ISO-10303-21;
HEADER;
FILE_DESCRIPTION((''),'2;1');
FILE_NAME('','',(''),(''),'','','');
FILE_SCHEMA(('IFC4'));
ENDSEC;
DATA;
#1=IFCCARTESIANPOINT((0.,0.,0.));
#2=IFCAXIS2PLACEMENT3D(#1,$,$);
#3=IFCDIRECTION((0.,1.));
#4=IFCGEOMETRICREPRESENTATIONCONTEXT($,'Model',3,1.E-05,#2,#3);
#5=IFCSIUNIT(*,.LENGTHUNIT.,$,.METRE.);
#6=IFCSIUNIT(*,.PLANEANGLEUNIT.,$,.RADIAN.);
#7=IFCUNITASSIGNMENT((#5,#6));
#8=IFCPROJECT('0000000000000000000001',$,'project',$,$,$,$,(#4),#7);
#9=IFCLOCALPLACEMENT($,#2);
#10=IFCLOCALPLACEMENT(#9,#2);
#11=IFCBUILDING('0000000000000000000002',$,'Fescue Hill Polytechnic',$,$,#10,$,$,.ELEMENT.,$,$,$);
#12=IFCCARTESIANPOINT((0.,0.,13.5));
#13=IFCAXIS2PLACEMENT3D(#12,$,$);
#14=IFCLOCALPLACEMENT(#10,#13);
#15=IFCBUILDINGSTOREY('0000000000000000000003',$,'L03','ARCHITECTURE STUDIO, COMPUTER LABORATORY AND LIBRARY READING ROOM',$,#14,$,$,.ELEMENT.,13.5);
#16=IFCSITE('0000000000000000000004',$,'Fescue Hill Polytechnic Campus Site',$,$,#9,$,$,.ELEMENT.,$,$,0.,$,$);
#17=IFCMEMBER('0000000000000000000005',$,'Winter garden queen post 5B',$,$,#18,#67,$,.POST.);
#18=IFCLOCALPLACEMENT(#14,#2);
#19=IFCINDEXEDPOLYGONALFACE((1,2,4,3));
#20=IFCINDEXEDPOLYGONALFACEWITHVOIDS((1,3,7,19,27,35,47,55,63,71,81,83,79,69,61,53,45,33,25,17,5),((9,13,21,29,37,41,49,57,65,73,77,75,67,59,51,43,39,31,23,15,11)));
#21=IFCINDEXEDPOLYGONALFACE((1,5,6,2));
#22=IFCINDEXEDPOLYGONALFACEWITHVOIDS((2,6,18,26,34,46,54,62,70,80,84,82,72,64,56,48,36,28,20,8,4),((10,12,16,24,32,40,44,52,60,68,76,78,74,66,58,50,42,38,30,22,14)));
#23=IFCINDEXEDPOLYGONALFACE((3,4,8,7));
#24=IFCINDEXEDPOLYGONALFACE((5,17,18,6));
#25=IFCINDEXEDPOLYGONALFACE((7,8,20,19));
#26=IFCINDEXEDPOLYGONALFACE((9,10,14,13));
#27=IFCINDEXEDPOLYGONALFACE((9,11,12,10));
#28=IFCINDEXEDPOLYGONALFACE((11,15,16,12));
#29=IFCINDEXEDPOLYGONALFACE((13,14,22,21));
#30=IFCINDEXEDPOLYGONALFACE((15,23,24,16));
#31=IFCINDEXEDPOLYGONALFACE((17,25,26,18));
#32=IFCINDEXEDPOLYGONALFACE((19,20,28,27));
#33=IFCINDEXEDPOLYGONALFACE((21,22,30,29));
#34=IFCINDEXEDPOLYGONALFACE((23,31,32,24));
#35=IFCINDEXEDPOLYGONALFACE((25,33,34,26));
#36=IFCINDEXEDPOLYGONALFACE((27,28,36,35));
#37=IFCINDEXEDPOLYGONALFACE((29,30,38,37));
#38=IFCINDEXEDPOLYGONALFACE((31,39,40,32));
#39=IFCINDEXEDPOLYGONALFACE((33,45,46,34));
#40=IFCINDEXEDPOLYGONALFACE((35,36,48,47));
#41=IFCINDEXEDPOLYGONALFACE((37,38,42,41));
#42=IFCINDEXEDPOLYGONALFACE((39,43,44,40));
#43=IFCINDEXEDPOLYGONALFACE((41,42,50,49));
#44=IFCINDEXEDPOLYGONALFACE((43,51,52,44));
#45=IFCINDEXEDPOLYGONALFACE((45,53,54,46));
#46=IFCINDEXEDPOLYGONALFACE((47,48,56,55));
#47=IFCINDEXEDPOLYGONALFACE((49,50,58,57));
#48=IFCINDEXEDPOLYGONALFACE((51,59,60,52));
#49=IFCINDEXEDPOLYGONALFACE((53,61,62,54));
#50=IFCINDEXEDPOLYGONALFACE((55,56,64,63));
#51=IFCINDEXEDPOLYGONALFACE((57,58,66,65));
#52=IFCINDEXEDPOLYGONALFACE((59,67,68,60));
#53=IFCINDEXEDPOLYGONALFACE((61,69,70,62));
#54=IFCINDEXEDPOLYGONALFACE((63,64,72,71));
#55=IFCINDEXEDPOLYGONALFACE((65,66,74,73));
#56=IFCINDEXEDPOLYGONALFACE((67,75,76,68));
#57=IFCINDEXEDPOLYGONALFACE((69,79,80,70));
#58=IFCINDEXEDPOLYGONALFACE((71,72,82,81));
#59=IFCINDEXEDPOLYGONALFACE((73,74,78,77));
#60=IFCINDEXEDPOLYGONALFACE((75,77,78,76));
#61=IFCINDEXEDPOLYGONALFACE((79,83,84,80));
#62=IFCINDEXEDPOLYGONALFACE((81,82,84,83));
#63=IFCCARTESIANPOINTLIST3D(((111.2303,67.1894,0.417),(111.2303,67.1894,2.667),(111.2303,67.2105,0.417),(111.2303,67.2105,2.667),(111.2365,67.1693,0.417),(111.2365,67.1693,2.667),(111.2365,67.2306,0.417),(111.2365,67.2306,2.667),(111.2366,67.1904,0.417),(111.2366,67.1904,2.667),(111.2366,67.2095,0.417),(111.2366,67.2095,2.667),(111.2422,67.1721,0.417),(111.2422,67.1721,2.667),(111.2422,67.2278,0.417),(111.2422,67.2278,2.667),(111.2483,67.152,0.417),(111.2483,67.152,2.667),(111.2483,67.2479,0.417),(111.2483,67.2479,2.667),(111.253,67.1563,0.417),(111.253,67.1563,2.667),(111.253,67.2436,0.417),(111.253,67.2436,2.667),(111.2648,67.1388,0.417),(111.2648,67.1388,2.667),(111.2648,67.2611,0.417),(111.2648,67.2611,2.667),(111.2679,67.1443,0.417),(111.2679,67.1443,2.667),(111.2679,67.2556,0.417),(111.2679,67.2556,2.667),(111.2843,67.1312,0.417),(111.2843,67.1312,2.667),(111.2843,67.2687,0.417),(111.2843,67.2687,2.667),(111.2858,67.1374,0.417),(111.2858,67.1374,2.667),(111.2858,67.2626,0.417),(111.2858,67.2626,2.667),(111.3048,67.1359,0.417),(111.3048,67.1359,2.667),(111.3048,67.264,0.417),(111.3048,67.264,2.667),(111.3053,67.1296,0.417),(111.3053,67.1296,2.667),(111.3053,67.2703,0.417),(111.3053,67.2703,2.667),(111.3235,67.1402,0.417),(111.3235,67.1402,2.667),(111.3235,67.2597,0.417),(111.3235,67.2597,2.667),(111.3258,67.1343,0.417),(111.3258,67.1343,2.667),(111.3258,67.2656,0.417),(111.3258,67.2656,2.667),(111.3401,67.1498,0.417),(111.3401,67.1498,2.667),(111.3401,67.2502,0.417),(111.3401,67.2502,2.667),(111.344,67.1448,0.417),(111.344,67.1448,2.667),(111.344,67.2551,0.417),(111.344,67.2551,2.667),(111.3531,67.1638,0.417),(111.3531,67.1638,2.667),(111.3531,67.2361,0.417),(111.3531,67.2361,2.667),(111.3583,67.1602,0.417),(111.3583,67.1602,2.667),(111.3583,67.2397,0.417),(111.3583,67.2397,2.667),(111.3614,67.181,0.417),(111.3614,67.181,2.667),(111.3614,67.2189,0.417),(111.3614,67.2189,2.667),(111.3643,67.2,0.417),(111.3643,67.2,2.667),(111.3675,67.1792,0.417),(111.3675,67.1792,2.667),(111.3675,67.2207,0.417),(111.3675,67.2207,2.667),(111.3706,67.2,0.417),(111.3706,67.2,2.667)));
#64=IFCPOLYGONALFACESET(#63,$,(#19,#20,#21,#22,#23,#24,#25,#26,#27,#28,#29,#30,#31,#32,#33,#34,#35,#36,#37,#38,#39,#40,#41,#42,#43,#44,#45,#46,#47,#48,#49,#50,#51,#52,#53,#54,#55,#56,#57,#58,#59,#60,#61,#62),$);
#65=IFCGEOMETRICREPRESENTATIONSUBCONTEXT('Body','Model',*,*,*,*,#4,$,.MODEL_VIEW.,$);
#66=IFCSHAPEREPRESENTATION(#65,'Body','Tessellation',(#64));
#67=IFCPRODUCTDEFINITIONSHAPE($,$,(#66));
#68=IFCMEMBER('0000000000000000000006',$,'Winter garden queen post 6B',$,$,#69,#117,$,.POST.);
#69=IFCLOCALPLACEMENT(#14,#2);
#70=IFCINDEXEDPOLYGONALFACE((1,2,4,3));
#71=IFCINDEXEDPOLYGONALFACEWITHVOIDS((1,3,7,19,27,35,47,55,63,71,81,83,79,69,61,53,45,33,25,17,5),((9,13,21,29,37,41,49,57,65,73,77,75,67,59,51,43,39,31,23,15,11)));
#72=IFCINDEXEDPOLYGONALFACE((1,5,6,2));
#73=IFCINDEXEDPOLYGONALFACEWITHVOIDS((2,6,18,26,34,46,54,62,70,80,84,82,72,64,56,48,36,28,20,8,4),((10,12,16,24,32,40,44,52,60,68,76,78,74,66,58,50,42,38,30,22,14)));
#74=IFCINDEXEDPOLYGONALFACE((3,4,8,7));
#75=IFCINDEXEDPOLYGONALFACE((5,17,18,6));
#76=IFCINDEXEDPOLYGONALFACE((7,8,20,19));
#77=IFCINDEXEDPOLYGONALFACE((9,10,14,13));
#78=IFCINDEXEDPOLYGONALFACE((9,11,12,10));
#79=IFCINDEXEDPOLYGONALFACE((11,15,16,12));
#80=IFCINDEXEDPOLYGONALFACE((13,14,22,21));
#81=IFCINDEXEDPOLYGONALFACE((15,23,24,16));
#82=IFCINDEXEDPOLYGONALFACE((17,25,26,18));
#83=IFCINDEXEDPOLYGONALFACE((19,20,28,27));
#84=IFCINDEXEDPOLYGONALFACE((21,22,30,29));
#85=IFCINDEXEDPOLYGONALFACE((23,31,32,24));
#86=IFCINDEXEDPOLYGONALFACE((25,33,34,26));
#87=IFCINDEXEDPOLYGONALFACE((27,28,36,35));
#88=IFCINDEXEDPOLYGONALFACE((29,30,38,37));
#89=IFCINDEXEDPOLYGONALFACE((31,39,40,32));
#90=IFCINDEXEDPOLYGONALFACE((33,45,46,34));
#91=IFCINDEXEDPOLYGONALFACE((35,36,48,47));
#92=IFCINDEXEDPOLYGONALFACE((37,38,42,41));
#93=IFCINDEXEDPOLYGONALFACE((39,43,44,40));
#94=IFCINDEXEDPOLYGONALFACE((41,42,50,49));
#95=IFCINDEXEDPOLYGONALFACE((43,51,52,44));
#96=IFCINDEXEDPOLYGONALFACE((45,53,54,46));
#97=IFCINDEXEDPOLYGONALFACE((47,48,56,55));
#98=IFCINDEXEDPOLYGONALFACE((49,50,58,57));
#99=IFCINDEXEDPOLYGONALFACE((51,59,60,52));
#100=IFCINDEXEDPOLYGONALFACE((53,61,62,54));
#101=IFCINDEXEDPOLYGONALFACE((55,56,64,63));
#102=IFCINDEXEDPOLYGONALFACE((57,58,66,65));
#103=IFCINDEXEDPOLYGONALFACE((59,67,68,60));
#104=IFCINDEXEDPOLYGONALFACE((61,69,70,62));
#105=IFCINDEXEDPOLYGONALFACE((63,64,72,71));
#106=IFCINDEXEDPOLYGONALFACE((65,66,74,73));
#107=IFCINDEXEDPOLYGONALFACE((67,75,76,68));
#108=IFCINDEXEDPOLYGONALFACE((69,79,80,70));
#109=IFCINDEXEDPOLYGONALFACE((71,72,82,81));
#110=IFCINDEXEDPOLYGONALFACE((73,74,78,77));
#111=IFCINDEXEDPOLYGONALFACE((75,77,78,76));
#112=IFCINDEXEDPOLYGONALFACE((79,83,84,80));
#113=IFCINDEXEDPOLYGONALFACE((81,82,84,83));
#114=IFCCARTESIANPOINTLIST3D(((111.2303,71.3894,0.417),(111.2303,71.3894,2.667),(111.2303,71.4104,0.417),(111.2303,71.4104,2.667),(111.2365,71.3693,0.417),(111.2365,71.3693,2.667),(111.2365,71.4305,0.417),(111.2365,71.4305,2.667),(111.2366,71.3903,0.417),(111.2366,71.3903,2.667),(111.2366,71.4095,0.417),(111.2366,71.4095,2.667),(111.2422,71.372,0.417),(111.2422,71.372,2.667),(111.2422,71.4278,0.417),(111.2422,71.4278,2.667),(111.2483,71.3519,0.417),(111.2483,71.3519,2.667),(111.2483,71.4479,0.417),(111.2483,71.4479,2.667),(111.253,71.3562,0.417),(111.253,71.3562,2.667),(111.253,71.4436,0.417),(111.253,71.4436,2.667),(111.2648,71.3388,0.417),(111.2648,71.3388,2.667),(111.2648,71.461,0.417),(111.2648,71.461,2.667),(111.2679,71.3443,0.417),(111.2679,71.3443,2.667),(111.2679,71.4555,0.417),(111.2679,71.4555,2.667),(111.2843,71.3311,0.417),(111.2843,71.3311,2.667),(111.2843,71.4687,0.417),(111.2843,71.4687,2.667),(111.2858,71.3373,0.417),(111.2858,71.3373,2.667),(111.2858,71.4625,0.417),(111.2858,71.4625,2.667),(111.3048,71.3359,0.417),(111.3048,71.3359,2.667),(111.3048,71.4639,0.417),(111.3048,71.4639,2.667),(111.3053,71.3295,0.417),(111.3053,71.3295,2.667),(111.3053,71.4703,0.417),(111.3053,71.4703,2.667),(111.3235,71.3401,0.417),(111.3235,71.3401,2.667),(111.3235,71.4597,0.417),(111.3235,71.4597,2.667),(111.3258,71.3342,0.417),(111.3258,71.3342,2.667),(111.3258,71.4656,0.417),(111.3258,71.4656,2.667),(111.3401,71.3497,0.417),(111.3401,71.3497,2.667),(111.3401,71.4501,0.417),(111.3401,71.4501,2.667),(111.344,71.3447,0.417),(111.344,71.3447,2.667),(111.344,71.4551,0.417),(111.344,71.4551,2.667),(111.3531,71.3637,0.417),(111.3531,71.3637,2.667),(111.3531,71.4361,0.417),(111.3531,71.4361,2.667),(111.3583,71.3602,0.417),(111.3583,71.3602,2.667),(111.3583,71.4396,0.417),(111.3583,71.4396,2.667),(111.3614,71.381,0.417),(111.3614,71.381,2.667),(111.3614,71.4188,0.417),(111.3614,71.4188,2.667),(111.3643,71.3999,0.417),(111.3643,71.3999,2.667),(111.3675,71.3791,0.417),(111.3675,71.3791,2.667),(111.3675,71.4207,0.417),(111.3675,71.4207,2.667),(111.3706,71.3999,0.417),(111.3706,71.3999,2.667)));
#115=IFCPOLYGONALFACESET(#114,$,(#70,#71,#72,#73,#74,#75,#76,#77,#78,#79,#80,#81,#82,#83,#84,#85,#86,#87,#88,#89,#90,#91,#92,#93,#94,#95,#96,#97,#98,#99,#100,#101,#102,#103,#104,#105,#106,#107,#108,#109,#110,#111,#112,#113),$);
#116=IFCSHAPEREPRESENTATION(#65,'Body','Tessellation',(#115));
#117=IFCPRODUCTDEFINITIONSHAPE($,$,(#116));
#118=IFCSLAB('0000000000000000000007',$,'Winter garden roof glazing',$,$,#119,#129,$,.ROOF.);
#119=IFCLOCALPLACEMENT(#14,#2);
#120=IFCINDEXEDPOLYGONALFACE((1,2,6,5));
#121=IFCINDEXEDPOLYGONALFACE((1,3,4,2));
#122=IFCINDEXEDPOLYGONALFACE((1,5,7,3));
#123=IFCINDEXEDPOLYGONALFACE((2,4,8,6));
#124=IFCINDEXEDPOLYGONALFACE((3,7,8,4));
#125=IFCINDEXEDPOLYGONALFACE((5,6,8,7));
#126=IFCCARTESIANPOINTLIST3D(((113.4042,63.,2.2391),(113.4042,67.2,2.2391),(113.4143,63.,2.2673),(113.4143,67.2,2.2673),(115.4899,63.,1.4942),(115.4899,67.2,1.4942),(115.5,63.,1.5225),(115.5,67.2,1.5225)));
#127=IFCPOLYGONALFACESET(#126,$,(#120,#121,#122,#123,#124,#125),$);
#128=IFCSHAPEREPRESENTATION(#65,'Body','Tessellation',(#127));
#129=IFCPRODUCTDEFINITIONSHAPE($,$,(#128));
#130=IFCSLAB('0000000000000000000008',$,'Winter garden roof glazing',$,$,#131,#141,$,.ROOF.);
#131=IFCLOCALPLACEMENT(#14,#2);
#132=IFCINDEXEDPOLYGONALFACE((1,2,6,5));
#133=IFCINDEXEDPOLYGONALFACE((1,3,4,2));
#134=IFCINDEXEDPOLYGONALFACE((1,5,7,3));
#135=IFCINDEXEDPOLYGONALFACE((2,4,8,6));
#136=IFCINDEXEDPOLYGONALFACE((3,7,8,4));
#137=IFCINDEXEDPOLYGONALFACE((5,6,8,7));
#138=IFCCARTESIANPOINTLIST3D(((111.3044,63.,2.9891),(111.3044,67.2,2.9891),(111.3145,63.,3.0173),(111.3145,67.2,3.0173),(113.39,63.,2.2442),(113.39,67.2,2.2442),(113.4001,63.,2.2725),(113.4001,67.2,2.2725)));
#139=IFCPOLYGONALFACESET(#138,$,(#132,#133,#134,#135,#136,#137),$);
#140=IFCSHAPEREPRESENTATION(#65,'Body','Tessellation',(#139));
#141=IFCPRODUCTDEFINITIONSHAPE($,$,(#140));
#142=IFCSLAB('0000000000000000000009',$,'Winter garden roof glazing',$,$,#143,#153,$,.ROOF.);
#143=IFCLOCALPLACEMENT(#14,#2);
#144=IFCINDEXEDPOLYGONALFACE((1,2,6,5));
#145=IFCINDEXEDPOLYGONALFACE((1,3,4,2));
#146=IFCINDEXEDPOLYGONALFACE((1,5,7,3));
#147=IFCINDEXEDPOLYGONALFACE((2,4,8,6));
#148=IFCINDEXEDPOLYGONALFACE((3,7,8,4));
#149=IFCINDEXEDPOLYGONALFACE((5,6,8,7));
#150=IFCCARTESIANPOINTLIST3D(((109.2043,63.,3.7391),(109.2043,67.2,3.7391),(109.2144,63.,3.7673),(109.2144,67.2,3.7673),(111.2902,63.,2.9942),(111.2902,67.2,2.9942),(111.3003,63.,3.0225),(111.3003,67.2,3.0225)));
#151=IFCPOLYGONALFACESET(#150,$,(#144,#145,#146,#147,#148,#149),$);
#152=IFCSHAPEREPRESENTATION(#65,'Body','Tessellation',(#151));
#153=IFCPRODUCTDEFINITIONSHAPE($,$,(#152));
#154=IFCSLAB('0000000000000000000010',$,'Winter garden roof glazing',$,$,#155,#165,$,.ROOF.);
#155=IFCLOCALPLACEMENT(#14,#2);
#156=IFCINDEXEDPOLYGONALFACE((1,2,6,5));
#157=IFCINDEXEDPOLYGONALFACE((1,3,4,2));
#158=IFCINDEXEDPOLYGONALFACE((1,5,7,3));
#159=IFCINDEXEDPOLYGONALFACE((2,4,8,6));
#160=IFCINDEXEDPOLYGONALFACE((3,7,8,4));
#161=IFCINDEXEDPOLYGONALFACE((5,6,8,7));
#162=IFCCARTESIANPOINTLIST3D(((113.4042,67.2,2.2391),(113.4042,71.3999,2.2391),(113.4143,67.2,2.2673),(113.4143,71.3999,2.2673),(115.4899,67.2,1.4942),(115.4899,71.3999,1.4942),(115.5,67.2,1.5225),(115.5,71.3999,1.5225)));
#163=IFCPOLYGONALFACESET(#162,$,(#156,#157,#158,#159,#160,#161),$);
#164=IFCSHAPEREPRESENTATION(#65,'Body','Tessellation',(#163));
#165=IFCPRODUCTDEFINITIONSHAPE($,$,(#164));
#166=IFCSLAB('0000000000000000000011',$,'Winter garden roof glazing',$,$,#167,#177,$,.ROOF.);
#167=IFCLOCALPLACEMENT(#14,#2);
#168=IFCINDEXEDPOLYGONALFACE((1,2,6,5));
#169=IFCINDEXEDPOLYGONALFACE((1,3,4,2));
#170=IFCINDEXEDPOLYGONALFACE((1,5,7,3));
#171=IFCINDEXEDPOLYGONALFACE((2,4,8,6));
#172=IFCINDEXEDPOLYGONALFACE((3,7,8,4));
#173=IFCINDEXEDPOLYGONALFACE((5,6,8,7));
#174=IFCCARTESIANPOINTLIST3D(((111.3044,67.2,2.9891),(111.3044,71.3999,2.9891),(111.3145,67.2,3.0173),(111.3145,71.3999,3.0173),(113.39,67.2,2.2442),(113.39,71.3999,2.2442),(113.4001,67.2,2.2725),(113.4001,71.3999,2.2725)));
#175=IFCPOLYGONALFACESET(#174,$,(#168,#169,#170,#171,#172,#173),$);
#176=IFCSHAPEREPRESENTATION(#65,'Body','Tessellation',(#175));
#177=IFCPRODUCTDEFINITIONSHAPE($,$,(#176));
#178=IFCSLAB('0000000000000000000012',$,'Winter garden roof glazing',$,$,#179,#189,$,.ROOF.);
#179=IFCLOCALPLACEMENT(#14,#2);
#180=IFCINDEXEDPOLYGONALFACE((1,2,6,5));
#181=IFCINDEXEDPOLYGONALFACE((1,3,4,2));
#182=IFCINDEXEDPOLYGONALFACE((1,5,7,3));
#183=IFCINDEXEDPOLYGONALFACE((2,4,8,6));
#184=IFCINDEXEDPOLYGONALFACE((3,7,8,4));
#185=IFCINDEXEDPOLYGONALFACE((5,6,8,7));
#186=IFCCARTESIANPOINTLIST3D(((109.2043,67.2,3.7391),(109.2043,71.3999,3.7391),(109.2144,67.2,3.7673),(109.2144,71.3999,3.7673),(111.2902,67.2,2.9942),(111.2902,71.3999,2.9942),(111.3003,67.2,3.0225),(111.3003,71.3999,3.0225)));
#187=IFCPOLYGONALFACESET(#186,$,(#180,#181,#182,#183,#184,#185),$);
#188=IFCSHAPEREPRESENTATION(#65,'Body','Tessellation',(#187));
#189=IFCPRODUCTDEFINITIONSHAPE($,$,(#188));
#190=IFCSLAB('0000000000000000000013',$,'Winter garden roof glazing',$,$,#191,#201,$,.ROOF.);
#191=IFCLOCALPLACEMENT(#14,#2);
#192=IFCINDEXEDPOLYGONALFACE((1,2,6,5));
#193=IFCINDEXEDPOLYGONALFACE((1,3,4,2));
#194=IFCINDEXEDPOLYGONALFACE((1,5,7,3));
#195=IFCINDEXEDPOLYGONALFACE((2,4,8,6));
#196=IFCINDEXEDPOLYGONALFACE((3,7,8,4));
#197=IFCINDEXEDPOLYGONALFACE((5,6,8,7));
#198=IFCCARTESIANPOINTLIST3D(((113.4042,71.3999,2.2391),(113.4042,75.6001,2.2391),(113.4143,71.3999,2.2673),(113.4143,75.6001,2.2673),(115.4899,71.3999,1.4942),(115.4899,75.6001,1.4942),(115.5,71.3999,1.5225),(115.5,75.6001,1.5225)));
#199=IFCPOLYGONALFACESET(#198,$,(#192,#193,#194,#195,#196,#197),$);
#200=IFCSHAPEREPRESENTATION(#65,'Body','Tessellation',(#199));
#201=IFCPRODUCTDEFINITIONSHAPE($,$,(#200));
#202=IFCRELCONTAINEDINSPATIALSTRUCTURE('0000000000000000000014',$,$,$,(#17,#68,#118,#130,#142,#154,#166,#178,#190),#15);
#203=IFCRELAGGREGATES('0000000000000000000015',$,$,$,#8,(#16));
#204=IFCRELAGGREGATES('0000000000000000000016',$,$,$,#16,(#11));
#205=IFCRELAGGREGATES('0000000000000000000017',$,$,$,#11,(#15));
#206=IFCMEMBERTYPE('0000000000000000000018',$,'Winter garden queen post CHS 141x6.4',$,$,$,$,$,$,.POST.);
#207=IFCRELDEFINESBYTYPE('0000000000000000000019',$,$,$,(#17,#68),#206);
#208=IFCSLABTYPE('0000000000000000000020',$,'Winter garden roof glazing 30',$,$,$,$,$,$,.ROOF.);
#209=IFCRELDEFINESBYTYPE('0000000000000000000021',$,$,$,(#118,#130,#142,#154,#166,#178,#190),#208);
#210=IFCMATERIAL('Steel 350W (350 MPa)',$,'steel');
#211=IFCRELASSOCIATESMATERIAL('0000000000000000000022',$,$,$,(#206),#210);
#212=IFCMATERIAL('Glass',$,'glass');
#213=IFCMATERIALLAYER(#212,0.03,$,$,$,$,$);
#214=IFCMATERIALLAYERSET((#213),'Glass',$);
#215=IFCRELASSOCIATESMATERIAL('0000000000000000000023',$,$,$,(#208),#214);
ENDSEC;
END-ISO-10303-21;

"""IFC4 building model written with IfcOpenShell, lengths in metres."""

from ifc_helpers import new_model, si_unit, direction, frame, origin, origin_2d, place, context, subcontext, project, spatial, polyline, hollow_circle, outline, extrude, material, layer, layer_set, material_profile, profile_set, type_object, element, save


model = new_model("IFC4")

# Units and contexts
model_context = context("Model", 3, precision=1e-05, world=origin(), true_north=direction((0.0, 1.0)))
body_context = subcontext(model_context, "Body", "Model", "MODEL_VIEW")
ifc_project = project(units=[si_unit("LENGTHUNIT", "METRE"), si_unit("PLANEANGLEUNIT", "RADIAN")], contexts=[model_context])

# Site, building, storey
site_placement = place(None, origin())
site = spatial("IfcSite", under=ifc_project, at=site_placement, Name="Fescue Hill Polytechnic Campus Site", CompositionType="ELEMENT", RefElevation=0.0)
building_placement = place(site_placement, origin())
building = spatial("IfcBuilding", under=site, at=building_placement, Name="Fescue Hill Polytechnic", CompositionType="ELEMENT")
storey_placement = place(building_placement, frame((0.0, 0.0, 13.5)))
storey = spatial("IfcBuildingStorey", under=building, at=storey_placement, Name="L03", Description="ARCHITECTURE STUDIO, COMPUTER LABORATORY AND LIBRARY READING ROOM", CompositionType="ELEMENT", Elevation=13.5)

# Members
ifc_material_1 = material(Name="Steel 350W (350 MPa)", Category="steel")
ifc_material_profile_1 = material_profile(ifc_material_1, hollow_circle(Radius=0.0706, WallThickness=0.0063, at=origin_2d()), Name="Winter garden queen post CHS 141x6.4")
ifc_profile_set_1 = profile_set([ifc_material_profile_1], Name="Steel 350W (350 MPa)")
member_type_1 = type_object("IfcMemberType", Name="Winter garden queen post CHS 141x6.4", PredefinedType="POST", material=ifc_profile_set_1)
for number, where, z_axis, x_axis, name in (
    (1, (111.3, 67.2, 0.417), (0.0, 0.0, 1.0), (1.0, 0.0, 0.0), "Winter garden queen post 5B"),
    (2, (111.3, 71.3999, 0.417), (0.0, 0.0, 1.0), (1.0, 0.0, 0.0), "Winter garden queen post 6B"),
):
    element("IfcMember", number, at=place(storey_placement, frame(where, z_axis=z_axis, x_axis=x_axis)), inside=storey, type_object=member_type_1, Name=name, PredefinedType="POST", context=body_context, shape_type="SweptSolid", body=[
        extrude(hollow_circle(Radius=0.0706, WallThickness=0.0063, at=origin_2d()), origin(), (0.0, 0.0, 1.0), 2.25),
    ])

# Slabs
ifc_material_2 = material(Name="Glass", Category="glass")
ifc_layer = layer(ifc_material_2, 0.03)
ifc_layer_set = layer_set([ifc_layer], Name="Glass")
slab_type = type_object("IfcSlabType", Name="Winter garden roof glazing 30", PredefinedType="ROOF", material=ifc_layer_set)
for number, where, z_axis, x_axis, name in (
    (3, (115.5, 63.0, 1.5225), (0.336329, 0.0, 0.941744), (0.0, 1.0, 0.0), "Winter garden roof glazing"),
    (4, (113.4001, 63.0, 2.2725), (0.336329, 0.0, 0.941744), (0.0, 1.0, 0.0), "Winter garden roof glazing"),
):
    element("IfcSlab", number, at=place(storey_placement, frame(where, z_axis=z_axis, x_axis=x_axis)), inside=storey, type_object=slab_type, Name=name, PredefinedType="ROOF", context=body_context, shape_type="SweptSolid", body=[
        extrude(outline(polyline([(0.0, 0.0), (4.2, 0.0), (4.2, 2.2147), (0.0, 2.2147), (0.0, 0.0)])), origin(), (0.0, 0.0, -1.0), 0.03),
    ])
slab_1_placement = place(storey_placement, frame((111.3003, 63.0, 3.0225), z_axis=(0.336295, 0.0, 0.941757), x_axis=(0.0, 1.0, 0.0)))
element("IfcSlab", 5, at=slab_1_placement, inside=storey, type_object=slab_type, Name="Winter garden roof glazing", PredefinedType="ROOF", context=body_context, shape_type="SweptSolid", body=[
    extrude(outline(polyline([(0.0, 0.0), (4.2, 0.0), (4.2, 2.2149), (0.0, 2.2149), (0.0, 0.0)])), origin(), (0.0, 0.0, -1.0), 0.03),
])
for number, where, z_axis, x_axis, name in (
    (6, (115.5, 67.2, 1.5225), (0.336329, 0.0, 0.941744), (0.0, 1.0, 0.0), "Winter garden roof glazing"),
    (7, (113.4001, 67.2, 2.2725), (0.336329, 0.0, 0.941744), (0.0, 1.0, 0.0), "Winter garden roof glazing"),
):
    element("IfcSlab", number, at=place(storey_placement, frame(where, z_axis=z_axis, x_axis=x_axis)), inside=storey, type_object=slab_type, Name=name, PredefinedType="ROOF", context=body_context, shape_type="SweptSolid", body=[
        extrude(outline(polyline([(0.0, 0.0), (4.2, 0.0), (4.2, 2.2147), (0.0, 2.2147), (0.0, 0.0)])), origin(), (0.0, 0.0, -1.0), 0.03),
    ])
slab_2_placement = place(storey_placement, frame((111.3003, 67.2, 3.0225), z_axis=(0.336295, 0.0, 0.941757), x_axis=(0.0, 1.0, 0.0)))
element("IfcSlab", 8, at=slab_2_placement, inside=storey, type_object=slab_type, Name="Winter garden roof glazing", PredefinedType="ROOF", context=body_context, shape_type="SweptSolid", body=[
    extrude(outline(polyline([(0.0, 0.0), (4.2, 0.0), (4.2, 2.2149), (0.0, 2.2149), (0.0, 0.0)])), origin(), (0.0, 0.0, -1.0), 0.03),
])
for number, where, z_axis, x_axis, name in (
    (9, (115.5, 71.3999, 1.5225), (0.336329, 0.0, 0.941744), (0.0, 1.0, 0.0), "Winter garden roof glazing"),
):
    element("IfcSlab", number, at=place(storey_placement, frame(where, z_axis=z_axis, x_axis=x_axis)), inside=storey, type_object=slab_type, Name=name, PredefinedType="ROOF", context=body_context, shape_type="SweptSolid", body=[
        extrude(outline(polyline([(0.0, 0.0), (4.2002, 0.0), (4.2002, 2.2147), (0.0, 2.2147), (0.0, 0.0)])), origin(), (0.0, 0.0, -1.0), 0.03),
    ])

save(model, "model.ifc")
